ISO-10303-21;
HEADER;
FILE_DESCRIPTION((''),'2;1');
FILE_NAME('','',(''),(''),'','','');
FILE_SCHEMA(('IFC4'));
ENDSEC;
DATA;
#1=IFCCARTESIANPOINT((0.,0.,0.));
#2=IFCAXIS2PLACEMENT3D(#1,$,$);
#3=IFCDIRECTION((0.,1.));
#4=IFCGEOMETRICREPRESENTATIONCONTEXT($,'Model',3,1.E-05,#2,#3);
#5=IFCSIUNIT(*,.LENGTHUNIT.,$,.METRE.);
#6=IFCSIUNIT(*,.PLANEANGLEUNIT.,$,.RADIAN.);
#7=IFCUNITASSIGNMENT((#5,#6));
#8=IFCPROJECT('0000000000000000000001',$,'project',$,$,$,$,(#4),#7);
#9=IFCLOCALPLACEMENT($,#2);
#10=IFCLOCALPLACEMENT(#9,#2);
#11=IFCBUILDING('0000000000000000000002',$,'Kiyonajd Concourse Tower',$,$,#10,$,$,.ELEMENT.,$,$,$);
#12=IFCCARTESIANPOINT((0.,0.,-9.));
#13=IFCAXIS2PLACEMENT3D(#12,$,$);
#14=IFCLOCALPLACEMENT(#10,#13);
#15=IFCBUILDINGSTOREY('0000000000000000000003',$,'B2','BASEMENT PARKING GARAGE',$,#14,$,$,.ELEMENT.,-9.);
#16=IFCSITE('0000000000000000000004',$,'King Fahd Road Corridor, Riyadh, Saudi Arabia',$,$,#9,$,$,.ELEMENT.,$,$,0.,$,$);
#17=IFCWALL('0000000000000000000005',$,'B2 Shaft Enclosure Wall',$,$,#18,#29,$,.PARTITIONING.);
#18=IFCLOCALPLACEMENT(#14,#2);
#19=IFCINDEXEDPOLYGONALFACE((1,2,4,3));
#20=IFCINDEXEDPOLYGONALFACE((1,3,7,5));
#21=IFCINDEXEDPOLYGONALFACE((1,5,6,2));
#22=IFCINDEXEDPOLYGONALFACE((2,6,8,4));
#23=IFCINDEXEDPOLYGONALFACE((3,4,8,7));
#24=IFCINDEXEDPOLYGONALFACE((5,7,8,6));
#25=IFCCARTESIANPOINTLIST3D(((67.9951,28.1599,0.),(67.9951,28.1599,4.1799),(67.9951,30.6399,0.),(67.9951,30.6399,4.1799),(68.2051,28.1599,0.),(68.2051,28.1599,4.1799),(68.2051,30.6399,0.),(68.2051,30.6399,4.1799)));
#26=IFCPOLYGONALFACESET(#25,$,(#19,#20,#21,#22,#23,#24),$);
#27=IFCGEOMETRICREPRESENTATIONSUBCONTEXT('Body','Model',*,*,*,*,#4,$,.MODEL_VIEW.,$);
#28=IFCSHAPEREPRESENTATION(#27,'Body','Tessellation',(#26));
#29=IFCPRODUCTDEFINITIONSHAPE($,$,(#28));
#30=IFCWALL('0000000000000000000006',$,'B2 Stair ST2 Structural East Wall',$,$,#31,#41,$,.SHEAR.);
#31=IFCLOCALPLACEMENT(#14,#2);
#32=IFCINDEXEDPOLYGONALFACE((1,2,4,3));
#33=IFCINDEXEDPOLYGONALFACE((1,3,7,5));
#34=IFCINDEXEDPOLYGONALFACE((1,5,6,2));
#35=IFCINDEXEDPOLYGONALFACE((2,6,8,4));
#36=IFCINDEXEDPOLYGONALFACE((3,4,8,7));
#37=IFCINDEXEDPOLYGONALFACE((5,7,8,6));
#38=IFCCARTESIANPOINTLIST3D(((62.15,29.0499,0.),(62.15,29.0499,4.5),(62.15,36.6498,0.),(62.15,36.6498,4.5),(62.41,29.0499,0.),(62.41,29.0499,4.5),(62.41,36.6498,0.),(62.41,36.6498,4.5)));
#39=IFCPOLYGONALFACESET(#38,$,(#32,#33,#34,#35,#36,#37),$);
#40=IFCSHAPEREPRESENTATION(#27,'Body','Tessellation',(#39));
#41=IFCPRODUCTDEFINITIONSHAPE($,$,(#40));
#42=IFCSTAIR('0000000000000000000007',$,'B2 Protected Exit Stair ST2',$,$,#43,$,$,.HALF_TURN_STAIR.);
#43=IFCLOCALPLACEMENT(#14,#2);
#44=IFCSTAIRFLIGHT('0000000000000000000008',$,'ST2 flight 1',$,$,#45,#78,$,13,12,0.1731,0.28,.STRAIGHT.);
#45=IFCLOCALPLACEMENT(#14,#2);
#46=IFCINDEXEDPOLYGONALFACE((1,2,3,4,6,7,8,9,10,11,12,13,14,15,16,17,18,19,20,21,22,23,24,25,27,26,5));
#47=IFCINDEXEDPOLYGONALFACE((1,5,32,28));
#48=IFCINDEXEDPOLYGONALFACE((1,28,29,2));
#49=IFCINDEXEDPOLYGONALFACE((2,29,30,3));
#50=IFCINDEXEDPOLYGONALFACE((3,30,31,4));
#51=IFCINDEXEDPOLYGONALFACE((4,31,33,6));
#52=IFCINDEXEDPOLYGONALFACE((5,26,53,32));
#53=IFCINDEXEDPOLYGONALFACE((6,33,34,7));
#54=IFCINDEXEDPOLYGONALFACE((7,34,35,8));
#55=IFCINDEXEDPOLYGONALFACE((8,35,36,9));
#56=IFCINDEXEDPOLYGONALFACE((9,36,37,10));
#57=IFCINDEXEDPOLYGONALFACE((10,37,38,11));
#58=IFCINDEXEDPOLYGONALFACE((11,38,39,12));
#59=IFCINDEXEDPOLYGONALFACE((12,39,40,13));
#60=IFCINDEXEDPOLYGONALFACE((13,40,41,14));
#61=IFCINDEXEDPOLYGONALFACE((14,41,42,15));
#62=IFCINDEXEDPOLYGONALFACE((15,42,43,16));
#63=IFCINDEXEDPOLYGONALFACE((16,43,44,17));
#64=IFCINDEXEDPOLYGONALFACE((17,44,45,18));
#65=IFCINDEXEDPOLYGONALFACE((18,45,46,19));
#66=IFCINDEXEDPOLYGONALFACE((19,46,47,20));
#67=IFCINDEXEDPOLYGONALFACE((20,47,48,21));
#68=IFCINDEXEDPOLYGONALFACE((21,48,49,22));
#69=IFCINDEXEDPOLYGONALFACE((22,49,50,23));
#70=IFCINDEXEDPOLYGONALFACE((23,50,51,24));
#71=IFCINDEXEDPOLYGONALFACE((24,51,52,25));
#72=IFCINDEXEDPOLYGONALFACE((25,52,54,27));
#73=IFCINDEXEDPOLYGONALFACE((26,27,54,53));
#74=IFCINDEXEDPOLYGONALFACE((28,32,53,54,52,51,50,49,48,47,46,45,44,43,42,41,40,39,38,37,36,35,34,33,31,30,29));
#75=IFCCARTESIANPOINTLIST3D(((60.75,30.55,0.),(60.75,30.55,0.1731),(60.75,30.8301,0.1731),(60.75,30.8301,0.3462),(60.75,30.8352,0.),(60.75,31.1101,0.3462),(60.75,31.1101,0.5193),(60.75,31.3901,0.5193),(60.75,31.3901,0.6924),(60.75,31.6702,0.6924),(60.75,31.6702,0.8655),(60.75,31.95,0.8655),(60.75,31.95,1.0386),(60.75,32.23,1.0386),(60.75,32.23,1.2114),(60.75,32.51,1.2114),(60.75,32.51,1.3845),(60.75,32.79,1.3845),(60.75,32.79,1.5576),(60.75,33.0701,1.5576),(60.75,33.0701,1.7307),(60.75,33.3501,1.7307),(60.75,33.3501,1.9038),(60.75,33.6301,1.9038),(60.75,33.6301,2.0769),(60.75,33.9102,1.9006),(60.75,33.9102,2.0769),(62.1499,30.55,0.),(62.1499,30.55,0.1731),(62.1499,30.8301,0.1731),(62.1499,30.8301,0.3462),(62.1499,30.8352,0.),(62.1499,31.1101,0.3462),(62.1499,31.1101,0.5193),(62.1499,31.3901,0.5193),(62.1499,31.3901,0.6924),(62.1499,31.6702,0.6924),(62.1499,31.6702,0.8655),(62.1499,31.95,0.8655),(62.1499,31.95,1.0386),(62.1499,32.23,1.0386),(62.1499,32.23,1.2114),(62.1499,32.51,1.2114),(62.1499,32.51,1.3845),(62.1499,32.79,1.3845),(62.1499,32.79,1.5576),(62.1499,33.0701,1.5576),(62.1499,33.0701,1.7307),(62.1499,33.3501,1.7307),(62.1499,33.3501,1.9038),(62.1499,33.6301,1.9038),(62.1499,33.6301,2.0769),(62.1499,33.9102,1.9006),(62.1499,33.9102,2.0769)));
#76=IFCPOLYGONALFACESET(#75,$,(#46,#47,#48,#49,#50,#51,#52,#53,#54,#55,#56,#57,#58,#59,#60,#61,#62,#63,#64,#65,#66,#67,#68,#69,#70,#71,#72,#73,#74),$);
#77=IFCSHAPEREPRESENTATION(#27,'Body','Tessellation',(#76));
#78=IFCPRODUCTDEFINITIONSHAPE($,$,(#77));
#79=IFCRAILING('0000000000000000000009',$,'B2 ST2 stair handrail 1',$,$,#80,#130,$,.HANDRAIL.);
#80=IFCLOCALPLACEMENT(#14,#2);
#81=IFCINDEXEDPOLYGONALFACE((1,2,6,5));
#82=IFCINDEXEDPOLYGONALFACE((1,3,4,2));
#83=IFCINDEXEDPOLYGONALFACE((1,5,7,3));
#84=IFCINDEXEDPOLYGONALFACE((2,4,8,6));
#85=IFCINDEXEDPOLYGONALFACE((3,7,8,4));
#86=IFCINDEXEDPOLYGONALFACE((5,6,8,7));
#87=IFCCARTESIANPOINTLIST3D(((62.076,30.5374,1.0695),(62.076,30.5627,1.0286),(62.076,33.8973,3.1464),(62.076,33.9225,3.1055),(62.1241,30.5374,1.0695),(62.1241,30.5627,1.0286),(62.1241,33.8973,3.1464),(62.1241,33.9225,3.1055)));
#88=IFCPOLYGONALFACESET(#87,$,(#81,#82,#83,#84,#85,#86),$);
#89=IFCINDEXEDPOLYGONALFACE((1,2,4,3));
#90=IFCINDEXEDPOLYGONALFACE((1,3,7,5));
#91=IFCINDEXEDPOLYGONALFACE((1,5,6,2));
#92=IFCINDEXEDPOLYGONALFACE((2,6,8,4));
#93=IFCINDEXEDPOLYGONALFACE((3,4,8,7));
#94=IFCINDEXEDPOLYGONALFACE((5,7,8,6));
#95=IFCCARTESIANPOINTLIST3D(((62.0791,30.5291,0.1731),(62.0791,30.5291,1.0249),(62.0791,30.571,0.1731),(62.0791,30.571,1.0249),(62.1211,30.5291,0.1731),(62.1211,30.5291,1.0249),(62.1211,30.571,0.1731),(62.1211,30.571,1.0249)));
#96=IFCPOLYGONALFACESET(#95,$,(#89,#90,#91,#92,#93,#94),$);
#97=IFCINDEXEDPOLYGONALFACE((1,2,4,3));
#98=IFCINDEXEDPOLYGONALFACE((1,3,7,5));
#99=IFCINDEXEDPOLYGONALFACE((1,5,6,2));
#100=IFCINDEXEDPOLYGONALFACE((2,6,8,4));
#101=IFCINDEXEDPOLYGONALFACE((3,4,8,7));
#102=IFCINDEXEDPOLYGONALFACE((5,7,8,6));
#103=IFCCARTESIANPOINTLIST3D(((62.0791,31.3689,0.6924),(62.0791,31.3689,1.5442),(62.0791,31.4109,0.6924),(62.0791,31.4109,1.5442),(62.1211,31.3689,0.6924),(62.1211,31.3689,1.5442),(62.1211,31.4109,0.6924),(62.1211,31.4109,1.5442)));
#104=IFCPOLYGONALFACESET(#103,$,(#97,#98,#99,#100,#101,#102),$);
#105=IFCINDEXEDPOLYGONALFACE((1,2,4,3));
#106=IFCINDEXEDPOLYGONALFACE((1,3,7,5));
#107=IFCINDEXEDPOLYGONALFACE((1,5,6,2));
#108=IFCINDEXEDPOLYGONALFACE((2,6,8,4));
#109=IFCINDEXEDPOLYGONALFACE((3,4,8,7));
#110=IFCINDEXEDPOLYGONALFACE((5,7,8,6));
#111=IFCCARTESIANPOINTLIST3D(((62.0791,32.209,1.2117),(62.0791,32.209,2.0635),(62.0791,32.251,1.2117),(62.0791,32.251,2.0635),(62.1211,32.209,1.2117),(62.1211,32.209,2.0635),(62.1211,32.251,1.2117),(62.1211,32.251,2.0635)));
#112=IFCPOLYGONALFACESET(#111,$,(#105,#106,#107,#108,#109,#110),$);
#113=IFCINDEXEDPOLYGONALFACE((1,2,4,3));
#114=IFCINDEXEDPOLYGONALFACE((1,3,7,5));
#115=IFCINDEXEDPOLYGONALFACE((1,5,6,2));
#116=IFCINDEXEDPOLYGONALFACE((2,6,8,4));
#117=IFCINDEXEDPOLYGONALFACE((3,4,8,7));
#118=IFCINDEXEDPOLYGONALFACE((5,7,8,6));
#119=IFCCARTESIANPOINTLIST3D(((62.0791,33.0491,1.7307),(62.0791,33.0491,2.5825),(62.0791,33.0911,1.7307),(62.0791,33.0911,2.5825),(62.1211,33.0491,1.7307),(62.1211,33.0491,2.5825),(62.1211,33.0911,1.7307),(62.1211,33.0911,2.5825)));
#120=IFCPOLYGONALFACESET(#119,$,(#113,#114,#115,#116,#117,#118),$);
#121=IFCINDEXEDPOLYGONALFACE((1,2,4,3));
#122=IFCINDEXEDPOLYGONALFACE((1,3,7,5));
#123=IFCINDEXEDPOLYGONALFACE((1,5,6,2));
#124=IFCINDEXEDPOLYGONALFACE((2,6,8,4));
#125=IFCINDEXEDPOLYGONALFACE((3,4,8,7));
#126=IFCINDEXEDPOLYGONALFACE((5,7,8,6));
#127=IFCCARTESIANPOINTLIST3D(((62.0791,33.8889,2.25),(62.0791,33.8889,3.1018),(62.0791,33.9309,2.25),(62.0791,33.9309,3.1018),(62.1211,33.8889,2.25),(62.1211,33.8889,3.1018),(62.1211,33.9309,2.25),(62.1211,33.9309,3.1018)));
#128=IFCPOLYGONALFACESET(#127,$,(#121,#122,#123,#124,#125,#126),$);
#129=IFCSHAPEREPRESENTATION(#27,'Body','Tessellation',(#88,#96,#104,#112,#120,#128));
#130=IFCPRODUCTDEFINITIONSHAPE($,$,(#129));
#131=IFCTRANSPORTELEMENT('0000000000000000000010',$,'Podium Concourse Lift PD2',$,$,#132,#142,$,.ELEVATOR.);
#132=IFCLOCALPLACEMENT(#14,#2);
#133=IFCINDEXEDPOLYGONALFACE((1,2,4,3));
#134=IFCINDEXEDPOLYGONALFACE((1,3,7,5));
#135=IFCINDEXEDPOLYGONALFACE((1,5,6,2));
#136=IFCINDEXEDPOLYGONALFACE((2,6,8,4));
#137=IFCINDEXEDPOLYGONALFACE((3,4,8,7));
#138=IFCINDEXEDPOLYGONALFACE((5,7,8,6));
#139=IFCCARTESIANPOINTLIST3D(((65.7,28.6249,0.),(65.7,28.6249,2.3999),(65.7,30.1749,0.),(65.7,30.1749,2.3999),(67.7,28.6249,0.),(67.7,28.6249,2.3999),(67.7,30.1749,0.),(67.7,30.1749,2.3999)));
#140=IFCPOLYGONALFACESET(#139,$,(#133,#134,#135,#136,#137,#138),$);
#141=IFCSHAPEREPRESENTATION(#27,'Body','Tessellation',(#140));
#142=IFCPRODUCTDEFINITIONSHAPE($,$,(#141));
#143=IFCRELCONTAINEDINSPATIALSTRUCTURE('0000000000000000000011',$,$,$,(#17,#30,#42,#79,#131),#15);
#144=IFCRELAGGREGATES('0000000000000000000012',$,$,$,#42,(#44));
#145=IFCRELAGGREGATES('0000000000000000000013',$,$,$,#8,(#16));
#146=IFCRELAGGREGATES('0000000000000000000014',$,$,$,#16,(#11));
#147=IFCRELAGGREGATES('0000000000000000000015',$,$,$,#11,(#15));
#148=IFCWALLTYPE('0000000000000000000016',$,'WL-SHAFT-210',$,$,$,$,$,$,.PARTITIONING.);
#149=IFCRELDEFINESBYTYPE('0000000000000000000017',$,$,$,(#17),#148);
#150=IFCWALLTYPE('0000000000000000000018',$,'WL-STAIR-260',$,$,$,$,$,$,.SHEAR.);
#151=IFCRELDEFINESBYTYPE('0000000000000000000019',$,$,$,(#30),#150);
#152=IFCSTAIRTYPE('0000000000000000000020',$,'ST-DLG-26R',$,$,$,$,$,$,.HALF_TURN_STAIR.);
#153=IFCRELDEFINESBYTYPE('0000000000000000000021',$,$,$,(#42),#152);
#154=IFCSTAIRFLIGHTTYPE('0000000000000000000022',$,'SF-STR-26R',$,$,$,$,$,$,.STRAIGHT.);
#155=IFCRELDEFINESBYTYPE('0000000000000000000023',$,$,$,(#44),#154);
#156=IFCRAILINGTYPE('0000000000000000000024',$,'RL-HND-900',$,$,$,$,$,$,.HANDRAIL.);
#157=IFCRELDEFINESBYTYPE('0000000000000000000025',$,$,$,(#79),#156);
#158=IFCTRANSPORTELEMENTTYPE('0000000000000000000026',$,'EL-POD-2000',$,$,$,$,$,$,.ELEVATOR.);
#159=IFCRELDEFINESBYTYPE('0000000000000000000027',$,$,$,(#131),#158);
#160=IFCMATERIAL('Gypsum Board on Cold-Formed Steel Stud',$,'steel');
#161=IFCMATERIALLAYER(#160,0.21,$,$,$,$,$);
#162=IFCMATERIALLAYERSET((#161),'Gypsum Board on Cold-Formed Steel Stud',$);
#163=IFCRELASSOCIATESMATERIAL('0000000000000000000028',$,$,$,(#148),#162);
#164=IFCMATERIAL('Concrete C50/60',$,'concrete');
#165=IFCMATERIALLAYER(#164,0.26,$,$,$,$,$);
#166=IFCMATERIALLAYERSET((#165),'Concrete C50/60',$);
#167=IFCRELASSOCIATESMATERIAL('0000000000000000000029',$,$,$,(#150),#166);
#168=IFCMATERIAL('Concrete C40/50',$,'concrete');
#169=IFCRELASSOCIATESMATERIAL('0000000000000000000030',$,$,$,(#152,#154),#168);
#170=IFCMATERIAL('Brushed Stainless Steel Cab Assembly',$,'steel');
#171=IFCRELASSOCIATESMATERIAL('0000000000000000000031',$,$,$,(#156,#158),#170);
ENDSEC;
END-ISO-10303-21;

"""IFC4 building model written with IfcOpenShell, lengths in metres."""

from ifc_helpers import new_model, si_unit, direction, frame, frame_2d, origin, origin_2d, place, context, subcontext, project, spatial, polyline, rectangle, outline, extrude, material, layer, layer_set, type_object, element, aggregate, save


model = new_model("IFC4")

# Units and contexts
model_context = context("Model", 3, precision=1e-05, world=origin(), true_north=direction((0.0, 1.0)))
body_context = subcontext(model_context, "Body", "Model", "MODEL_VIEW")
ifc_project = project(units=[si_unit("LENGTHUNIT", "METRE"), si_unit("PLANEANGLEUNIT", "RADIAN")], contexts=[model_context])

# Site, building, storey
site_placement = place(None, origin())
site = spatial("IfcSite", under=ifc_project, at=site_placement, Name="King Fahd Road Corridor, Riyadh, Saudi Arabia", CompositionType="ELEMENT", RefElevation=0.0)
building_placement = place(site_placement, origin())
building = spatial("IfcBuilding", under=site, at=building_placement, Name="Kiyonajd Concourse Tower", CompositionType="ELEMENT")
storey_placement = place(building_placement, frame((0.0, 0.0, -9.0)))
storey = spatial("IfcBuildingStorey", under=building, at=storey_placement, Name="B2", Description="BASEMENT PARKING GARAGE", CompositionType="ELEMENT", Elevation=-9.0)

# Shared definitions
ifc_material_1 = material(Name="Concrete C50/60", Category="concrete")

# Shared definitions
ifc_material_2 = material(Name="Gypsum Board on Cold-Formed Steel Stud", Category="steel")
ifc_layer_1 = layer(ifc_material_2, 0.21)
ifc_layer_set_1 = layer_set([ifc_layer_1], Name="Gypsum Board on Cold-Formed Steel Stud")
wall_type_1 = type_object("IfcWallType", Name="WL-SHAFT-210", PredefinedType="PARTITIONING", material=ifc_layer_set_1)
ifc_material_3 = material(Name="Brushed Stainless Steel Cab Assembly", Category="steel")

# Walls
for number, where, z_axis, x_axis, name in (
    (1, (68.1001, 28.1599, 0.0), (0.0, 0.0, 1.0), (0.0, 1.0, 0.0), "B2 Shaft Enclosure Wall"),
):
    element("IfcWall", number, at=place(storey_placement, frame(where, z_axis=z_axis, x_axis=x_axis)), inside=storey, type_object=wall_type_1, Name=name, PredefinedType="PARTITIONING", context=body_context, shape_type="SweptSolid", body=[
        extrude(rectangle(XDim=2.48, YDim=0.21, at=frame_2d((1.24, 0.0))), origin(), (0.0, 0.0, 1.0), 4.1799),
    ])
ifc_layer_2 = layer(ifc_material_1, 0.26)
ifc_layer_set_2 = layer_set([ifc_layer_2], Name="Concrete C50/60")
wall_type_2 = type_object("IfcWallType", Name="WL-STAIR-260", PredefinedType="SHEAR", material=ifc_layer_set_2)
wall_1_placement = place(storey_placement, frame((62.28, 29.05, 0.0), z_axis=(0.0, 0.0, 1.0), x_axis=(0.0, 1.0, 0.0)))
element("IfcWall", 2, at=wall_1_placement, inside=storey, type_object=wall_type_2, Name="B2 Stair ST2 Structural East Wall", PredefinedType="SHEAR", context=body_context, shape_type="SweptSolid", body=[
    extrude(rectangle(XDim=7.5999, YDim=0.26, at=frame_2d((3.7998, 0.0))), origin(), (0.0, 0.0, 1.0), 4.5),
])

# Stair, stair flight
ifc_material_4 = material(Name="Concrete C40/50", Category="concrete")
stair_type = type_object("IfcStairType", Name="ST-DLG-26R", PredefinedType="HALF_TURN_STAIR", material=ifc_material_4)
stair_placement = place(storey_placement, origin())
stair = element("IfcStair", 3, at=stair_placement, inside=storey, type_object=stair_type, Name="B2 Protected Exit Stair ST2", PredefinedType="HALF_TURN_STAIR")
stair_flight_type = type_object("IfcStairFlightType", Name="SF-STR-26R", PredefinedType="STRAIGHT", material=ifc_material_4)
stair_flight_placement = place(storey_placement, frame((61.45, 30.55, 0.0), z_axis=(0.0, 0.0, 1.0), x_axis=(0.0, 1.0, 0.0)))
stair_flight = element("IfcStairFlight", 4, at=stair_flight_placement, type_object=stair_flight_type, Name="ST2 flight 1", NumberOfRisers=13, NumberOfTreads=12, PredefinedType="STRAIGHT", RiserHeight=0.1731, TreadLength=0.28, context=body_context, shape_type="SweptSolid", body=[
    extrude(outline(polyline([(0.0, 0.0), (0.0, 0.1731), (0.28, 0.1731), (0.28, 0.3462), (0.5601, 0.3462), (0.5601, 0.5193), (0.8401, 0.5193), (0.8401, 0.6924), (1.1201, 0.6924), (1.1201, 0.8655), (1.3999, 0.8655), (1.3999, 1.0386), (1.6799, 1.0386), (1.6799, 1.2114), (1.96, 1.2114), (1.96, 1.3845), (2.24, 1.3845), (2.24, 1.5576), (2.52, 1.5576), (2.52, 1.7307), (2.8, 1.7307), (2.8, 1.9038), (3.0801, 1.9038), (3.0801, 2.0769), (3.3601, 2.0769), (3.3601, 2.25), (3.3601, 1.9006), (0.2852, 0.0), (0.0, 0.0)])), frame((0.0, 0.7, 0.0), z_axis=(0.0, -1.0, 0.0), x_axis=(1.0, 0.0, 0.0)), (0.0, 0.0, 1.0), 1.3999),
])
aggregate(stair, [stair_flight])

# Railing
railing_type = type_object("IfcRailingType", Name="RL-HND-900", PredefinedType="HANDRAIL", material=ifc_material_3)
railing_placement = place(storey_placement, frame((62.1001, 30.55, 0.1731)))
element("IfcRailing", 5, at=railing_placement, inside=storey, type_object=railing_type, Name="B2 ST2 stair handrail 1", PredefinedType="HANDRAIL", context=body_context, shape_type="SweptSolid", body=[
    extrude(rectangle(XDim=0.0481, YDim=0.0481, at=origin_2d()), frame((0.0, 0.0, 0.876), z_axis=(0.0, 0.850606, 0.525803), x_axis=(-1.0, 0.0, 0.0)), (0.0, 0.0, 1.0), 3.95),
    extrude(rectangle(XDim=0.042, YDim=0.042, at=origin_2d()), origin(), (0.0, 0.0, 1.0), 0.8518),
    extrude(rectangle(XDim=0.042, YDim=0.042, at=origin_2d()), frame((0.0, 0.8398, 0.5193)), (0.0, 0.0, 1.0), 0.8518),
    extrude(rectangle(XDim=0.042, YDim=0.042, at=origin_2d()), frame((0.0, 1.6799, 1.0386)), (0.0, 0.0, 1.0), 0.8518),
    extrude(rectangle(XDim=0.042, YDim=0.042, at=origin_2d()), frame((0.0, 2.52, 1.5576)), (0.0, 0.0, 1.0), 0.8518),
    extrude(rectangle(XDim=0.042, YDim=0.042, at=origin_2d()), frame((0.0, 3.3599, 2.0769)), (0.0, 0.0, 1.0), 0.8518),
])

# Transport element
transport_element_type = type_object("IfcTransportElementType", Name="EL-POD-2000", PredefinedType="ELEVATOR", material=ifc_material_3)
transport_element_placement = place(storey_placement, frame((66.7, 29.3999, 0.0), z_axis=(0.0, 0.0, 1.0), x_axis=(1.0, 0.0, 0.0)))
element("IfcTransportElement", 6, at=transport_element_placement, inside=storey, type_object=transport_element_type, Name="Podium Concourse Lift PD2", PredefinedType="ELEVATOR", context=body_context, shape_type="SweptSolid", body=[
    extrude(rectangle(XDim=2.0, YDim=1.55, at=origin_2d()), origin(), (0.0, 0.0, 1.0), 2.3999),
])

save(model, "model.ifc")
